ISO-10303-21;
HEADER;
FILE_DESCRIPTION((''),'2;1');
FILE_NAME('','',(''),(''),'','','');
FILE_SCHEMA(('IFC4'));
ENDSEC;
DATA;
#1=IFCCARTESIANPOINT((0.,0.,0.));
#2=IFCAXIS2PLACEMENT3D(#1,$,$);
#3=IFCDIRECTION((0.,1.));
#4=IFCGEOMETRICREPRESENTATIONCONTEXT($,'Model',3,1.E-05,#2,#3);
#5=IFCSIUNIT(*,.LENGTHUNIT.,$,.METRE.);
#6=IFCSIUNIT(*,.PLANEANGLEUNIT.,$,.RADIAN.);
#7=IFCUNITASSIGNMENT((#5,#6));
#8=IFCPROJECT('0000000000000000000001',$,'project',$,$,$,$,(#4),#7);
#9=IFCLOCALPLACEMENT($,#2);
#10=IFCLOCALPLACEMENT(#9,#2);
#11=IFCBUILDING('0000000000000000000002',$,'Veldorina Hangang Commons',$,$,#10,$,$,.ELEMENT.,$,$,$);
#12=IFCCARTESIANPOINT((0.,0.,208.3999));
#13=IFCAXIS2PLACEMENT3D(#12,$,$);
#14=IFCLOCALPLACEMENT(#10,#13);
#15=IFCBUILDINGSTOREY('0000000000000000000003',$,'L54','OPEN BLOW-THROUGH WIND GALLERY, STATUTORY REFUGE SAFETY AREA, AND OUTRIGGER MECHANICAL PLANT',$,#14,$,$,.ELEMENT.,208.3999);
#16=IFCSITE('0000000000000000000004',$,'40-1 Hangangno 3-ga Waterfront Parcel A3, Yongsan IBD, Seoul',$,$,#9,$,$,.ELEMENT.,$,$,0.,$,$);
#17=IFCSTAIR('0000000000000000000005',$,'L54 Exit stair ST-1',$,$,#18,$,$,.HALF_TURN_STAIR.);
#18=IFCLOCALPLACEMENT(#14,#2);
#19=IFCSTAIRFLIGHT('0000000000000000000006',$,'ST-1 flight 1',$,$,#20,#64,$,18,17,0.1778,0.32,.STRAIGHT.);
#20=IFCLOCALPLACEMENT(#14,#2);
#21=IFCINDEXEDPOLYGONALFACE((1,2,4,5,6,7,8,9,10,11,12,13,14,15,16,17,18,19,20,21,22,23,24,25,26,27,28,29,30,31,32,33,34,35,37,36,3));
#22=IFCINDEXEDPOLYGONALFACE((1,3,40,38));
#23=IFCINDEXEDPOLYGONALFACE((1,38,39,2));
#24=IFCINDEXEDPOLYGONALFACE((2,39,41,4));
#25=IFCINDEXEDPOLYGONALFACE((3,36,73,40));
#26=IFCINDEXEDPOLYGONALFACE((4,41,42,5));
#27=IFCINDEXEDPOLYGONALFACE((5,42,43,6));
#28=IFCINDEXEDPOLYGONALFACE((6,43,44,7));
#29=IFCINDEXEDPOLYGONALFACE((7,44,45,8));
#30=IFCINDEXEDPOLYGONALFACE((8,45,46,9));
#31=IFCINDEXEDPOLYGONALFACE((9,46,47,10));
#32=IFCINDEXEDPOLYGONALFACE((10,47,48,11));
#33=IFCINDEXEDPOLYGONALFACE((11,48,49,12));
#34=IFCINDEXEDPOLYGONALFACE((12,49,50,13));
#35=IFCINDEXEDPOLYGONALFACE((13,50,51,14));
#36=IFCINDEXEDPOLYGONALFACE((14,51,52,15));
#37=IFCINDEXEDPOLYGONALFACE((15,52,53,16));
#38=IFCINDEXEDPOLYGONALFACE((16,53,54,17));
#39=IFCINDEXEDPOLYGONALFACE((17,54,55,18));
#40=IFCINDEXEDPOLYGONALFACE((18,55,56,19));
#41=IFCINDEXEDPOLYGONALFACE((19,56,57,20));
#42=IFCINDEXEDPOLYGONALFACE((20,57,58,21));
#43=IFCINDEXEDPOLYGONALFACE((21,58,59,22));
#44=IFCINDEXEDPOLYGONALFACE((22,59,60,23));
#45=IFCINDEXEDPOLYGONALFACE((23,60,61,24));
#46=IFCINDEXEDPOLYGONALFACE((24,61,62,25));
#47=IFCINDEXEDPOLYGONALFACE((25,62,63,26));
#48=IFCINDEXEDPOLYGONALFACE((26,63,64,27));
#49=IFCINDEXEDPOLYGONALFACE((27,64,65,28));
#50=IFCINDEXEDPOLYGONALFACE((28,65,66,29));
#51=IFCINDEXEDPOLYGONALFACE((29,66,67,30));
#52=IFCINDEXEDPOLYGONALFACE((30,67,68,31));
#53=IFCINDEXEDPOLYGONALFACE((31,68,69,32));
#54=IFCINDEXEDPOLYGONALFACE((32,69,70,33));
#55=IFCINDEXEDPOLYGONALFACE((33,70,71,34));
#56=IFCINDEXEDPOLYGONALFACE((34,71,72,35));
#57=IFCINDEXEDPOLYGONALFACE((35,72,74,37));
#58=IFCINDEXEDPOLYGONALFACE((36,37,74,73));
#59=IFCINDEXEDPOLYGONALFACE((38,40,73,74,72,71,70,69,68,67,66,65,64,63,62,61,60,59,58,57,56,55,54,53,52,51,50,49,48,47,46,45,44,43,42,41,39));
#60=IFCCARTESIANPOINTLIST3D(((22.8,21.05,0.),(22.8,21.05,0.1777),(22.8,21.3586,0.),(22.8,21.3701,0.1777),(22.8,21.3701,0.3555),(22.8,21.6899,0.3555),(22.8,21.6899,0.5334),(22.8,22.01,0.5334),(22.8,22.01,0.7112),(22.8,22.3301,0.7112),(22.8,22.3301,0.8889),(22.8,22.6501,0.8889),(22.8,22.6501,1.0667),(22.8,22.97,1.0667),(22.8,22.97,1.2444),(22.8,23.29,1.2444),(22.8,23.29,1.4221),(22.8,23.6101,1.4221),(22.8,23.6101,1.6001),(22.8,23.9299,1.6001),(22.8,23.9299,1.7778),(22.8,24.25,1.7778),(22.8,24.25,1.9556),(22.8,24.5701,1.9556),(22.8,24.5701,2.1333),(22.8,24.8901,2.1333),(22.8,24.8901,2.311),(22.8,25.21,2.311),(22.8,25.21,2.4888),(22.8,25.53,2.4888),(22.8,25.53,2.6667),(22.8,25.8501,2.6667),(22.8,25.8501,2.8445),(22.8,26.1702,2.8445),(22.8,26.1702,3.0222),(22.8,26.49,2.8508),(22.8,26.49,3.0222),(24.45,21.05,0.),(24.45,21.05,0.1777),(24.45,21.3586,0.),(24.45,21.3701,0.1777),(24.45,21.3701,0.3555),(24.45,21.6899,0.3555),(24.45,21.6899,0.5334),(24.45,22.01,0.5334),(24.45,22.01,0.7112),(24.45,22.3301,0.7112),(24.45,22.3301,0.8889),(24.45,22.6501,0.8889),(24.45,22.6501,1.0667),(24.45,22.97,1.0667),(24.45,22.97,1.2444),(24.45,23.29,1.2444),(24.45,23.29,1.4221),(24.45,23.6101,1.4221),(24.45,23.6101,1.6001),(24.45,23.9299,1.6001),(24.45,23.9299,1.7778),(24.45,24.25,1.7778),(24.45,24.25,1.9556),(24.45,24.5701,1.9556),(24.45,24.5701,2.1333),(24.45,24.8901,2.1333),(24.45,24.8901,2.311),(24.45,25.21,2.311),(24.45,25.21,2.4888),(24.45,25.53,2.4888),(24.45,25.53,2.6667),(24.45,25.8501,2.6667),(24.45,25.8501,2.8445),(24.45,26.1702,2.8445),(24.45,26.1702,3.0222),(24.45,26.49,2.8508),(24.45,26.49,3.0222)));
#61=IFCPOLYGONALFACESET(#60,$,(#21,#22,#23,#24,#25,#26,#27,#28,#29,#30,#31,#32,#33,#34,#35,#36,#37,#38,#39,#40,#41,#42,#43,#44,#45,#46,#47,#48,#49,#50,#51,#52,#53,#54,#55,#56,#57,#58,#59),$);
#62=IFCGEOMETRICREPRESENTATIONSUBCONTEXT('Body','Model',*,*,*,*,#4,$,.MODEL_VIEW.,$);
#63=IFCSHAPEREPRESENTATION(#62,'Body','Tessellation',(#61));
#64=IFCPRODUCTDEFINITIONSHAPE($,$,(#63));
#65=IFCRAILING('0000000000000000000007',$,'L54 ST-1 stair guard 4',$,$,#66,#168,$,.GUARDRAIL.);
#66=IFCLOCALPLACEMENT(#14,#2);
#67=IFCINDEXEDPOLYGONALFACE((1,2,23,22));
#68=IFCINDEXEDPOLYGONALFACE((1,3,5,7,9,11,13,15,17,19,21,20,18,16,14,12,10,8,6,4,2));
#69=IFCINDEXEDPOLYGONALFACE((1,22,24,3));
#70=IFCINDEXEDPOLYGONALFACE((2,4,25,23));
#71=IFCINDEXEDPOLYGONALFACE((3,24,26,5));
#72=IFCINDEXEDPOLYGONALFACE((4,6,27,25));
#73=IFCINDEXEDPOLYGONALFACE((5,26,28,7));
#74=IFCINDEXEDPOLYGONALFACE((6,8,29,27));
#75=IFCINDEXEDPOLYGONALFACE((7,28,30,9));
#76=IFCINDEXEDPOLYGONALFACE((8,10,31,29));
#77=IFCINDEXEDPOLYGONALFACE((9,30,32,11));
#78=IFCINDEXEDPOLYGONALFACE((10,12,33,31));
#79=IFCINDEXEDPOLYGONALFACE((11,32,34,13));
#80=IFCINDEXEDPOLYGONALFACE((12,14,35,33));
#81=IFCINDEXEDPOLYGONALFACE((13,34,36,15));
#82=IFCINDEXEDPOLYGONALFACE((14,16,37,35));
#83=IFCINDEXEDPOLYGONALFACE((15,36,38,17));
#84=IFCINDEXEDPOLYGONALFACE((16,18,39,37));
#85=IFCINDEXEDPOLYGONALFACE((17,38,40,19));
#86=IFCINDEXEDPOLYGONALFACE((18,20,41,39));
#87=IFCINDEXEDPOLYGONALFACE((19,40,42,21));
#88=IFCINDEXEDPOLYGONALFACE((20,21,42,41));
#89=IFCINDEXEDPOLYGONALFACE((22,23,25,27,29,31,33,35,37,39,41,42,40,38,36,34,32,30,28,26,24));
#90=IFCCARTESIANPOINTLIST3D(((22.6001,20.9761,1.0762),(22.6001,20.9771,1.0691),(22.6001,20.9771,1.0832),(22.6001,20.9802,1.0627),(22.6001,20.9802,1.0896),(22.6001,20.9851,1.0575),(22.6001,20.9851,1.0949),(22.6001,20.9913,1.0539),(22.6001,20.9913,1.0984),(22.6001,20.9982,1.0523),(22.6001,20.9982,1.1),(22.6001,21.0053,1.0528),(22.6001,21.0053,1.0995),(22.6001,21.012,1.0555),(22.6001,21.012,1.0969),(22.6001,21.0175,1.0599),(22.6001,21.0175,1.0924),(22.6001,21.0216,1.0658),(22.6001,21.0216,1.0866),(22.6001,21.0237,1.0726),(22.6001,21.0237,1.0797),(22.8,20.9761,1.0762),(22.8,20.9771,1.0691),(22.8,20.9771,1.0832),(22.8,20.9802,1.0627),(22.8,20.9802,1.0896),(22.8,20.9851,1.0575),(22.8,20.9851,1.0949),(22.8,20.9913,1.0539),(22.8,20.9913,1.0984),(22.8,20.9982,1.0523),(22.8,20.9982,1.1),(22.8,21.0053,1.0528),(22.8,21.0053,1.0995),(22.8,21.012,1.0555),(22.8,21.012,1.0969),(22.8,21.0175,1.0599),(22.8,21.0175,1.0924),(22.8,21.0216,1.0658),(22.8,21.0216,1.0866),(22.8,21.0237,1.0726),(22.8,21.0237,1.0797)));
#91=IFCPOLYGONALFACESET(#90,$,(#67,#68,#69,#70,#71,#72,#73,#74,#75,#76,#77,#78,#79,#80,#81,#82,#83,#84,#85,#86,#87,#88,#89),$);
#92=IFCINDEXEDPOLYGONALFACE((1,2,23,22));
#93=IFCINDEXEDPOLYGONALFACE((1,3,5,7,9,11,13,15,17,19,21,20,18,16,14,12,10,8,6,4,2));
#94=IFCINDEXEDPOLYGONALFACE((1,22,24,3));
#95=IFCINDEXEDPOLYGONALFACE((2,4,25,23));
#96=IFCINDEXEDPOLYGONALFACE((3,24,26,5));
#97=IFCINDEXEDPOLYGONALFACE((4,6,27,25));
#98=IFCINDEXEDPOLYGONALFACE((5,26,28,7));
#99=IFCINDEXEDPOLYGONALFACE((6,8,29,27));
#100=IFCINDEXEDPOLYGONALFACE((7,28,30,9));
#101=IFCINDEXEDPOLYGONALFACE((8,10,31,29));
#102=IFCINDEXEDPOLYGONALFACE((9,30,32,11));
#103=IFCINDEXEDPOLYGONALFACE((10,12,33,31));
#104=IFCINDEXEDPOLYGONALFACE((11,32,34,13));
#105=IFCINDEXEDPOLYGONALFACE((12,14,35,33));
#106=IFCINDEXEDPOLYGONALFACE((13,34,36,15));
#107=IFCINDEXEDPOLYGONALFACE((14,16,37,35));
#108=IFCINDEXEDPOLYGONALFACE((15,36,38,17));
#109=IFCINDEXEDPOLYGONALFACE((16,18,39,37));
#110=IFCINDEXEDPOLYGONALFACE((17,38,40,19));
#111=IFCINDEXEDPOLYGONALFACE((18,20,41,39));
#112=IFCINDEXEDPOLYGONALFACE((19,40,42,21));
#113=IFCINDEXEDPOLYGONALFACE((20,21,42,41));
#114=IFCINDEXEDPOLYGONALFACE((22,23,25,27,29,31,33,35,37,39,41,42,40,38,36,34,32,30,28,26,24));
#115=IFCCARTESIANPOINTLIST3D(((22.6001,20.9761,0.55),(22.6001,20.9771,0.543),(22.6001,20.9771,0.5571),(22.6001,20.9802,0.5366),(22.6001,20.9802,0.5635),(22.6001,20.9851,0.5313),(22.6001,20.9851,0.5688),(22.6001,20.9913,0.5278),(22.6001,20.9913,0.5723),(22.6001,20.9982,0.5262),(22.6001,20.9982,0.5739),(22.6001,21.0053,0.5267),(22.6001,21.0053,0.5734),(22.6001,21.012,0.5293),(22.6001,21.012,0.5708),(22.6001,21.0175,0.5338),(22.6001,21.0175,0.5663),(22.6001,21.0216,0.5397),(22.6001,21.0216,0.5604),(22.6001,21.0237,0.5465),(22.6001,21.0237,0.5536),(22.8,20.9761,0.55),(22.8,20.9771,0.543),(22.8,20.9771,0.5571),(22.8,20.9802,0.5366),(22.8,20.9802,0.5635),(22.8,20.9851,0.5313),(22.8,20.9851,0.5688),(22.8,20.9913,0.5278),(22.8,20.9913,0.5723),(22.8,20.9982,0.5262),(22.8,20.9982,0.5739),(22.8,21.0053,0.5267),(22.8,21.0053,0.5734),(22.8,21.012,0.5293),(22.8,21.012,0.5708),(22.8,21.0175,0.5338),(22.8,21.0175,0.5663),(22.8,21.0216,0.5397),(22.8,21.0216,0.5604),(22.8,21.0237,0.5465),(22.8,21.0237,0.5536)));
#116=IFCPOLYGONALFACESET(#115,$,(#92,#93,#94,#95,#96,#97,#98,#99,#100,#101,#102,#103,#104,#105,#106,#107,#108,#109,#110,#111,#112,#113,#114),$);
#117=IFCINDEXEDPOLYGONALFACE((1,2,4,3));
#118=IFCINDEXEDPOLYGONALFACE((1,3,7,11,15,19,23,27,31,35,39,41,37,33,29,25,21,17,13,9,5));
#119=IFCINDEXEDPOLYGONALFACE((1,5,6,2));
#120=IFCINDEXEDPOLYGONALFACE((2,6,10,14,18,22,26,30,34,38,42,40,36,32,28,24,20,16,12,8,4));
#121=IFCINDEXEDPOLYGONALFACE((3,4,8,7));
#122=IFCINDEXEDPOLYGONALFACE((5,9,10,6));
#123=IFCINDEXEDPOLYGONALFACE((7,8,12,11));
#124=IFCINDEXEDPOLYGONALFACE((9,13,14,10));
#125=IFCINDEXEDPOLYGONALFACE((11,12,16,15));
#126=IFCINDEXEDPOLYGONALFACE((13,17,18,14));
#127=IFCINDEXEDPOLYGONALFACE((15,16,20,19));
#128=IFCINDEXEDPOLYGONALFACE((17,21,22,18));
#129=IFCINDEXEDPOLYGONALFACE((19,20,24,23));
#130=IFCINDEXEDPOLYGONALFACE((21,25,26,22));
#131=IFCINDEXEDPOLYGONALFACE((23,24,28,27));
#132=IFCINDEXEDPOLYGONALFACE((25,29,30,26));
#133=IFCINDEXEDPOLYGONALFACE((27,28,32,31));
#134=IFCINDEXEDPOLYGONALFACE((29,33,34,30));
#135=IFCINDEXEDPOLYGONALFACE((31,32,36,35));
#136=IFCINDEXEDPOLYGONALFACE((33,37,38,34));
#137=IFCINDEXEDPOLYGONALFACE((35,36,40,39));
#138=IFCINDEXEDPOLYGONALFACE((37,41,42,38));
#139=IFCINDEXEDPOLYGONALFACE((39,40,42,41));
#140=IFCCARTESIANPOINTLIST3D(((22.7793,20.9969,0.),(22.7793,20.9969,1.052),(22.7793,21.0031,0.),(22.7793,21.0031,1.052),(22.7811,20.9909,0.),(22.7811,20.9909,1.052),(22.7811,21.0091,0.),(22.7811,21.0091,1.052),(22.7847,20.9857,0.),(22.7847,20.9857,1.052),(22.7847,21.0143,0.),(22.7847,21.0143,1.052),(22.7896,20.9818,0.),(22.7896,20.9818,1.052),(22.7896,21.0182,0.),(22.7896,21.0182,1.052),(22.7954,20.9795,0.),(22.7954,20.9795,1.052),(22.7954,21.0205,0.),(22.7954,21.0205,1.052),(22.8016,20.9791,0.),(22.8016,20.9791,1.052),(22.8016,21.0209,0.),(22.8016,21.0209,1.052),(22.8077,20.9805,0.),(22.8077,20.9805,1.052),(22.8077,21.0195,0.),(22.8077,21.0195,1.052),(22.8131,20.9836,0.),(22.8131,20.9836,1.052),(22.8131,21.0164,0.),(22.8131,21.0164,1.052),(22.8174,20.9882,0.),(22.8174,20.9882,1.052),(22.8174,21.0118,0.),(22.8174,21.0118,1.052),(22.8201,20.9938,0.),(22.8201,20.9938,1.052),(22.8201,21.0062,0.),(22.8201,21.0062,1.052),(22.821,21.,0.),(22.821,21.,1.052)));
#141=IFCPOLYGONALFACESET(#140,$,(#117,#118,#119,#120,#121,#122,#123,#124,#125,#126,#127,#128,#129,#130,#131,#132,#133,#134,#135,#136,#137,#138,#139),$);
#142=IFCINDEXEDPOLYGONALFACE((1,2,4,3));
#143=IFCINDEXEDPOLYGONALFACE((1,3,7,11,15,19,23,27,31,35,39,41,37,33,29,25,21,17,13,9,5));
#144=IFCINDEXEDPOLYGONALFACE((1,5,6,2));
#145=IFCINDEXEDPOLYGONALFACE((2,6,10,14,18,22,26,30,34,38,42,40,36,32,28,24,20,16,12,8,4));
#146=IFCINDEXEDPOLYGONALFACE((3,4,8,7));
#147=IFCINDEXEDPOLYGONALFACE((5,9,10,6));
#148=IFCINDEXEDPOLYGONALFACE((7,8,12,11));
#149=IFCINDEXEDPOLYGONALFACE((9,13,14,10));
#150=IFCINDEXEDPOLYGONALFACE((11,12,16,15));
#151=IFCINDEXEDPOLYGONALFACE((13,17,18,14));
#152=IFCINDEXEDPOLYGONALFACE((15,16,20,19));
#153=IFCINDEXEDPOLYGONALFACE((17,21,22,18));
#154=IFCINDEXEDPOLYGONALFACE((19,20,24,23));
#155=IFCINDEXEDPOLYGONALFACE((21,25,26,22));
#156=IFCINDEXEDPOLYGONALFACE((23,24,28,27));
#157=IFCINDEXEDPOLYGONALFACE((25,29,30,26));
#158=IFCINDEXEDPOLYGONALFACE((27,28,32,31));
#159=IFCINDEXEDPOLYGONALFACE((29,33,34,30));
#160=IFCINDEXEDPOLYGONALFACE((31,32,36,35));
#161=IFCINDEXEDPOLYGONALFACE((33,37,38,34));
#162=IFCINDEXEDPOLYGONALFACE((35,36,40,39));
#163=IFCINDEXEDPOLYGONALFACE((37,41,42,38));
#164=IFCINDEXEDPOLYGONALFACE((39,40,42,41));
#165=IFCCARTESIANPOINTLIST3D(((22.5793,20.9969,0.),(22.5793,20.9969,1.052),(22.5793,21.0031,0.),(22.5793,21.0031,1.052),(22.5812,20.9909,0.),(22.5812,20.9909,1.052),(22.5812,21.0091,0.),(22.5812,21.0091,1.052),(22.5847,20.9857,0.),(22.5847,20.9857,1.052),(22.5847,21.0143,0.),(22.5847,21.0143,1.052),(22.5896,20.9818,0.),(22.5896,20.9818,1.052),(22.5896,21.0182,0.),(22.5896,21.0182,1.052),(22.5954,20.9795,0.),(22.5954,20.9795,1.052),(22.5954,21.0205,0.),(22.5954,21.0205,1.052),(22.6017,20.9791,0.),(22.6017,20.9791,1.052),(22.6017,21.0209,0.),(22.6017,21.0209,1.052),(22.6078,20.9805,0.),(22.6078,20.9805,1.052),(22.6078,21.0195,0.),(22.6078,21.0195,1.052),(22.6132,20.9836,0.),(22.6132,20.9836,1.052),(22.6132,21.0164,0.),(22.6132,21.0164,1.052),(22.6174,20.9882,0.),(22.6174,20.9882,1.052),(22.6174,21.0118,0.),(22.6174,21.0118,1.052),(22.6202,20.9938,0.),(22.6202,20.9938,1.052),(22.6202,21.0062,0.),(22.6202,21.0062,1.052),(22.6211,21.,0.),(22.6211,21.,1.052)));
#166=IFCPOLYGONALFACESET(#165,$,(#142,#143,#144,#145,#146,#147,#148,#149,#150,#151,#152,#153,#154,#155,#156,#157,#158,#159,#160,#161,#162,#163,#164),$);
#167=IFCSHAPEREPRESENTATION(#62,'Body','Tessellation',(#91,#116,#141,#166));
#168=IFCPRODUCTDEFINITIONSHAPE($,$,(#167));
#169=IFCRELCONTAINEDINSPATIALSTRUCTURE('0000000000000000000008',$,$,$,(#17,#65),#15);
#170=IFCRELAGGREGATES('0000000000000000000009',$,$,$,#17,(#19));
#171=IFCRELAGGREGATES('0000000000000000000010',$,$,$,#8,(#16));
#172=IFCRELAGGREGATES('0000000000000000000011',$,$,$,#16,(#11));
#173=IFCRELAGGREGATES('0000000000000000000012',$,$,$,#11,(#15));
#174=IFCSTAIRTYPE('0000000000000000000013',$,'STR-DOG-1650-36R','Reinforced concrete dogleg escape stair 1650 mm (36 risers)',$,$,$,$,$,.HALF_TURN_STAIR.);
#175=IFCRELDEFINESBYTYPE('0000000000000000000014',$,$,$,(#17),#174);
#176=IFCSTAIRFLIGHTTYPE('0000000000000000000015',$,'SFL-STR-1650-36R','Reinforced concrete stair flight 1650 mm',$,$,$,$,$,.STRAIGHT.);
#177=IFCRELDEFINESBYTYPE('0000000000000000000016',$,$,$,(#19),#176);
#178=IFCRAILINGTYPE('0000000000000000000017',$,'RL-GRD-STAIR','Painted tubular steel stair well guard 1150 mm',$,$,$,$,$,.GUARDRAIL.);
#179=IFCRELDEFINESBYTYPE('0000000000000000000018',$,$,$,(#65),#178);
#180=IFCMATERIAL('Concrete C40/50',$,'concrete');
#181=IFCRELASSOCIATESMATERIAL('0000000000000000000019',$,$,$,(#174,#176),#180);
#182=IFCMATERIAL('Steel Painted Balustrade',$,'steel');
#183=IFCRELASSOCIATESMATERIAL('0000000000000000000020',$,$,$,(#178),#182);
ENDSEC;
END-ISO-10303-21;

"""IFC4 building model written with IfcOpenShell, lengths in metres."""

from ifc_helpers import new_model, si_unit, direction, frame, origin, origin_2d, place, context, subcontext, project, spatial, polyline, circle, outline, extrude, material, type_object, element, aggregate, save


model = new_model("IFC4")

# Units and contexts
model_context = context("Model", 3, precision=1e-05, world=origin(), true_north=direction((0.0, 1.0)))
body_context = subcontext(model_context, "Body", "Model", "MODEL_VIEW")
ifc_project = project(units=[si_unit("LENGTHUNIT", "METRE"), si_unit("PLANEANGLEUNIT", "RADIAN")], contexts=[model_context])

# Site, building, storey
site_placement = place(None, origin())
site = spatial("IfcSite", under=ifc_project, at=site_placement, Name="40-1 Hangangno 3-ga Waterfront Parcel A3, Yongsan IBD, Seoul", CompositionType="ELEMENT", RefElevation=0.0)
building_placement = place(site_placement, origin())
building = spatial("IfcBuilding", under=site, at=building_placement, Name="Veldorina Hangang Commons", CompositionType="ELEMENT")
storey_placement = place(building_placement, frame((0.0, 0.0, 208.3999)))
storey = spatial("IfcBuildingStorey", under=building, at=storey_placement, Name="L54", Description="OPEN BLOW-THROUGH WIND GALLERY, STATUTORY REFUGE SAFETY AREA, AND OUTRIGGER MECHANICAL PLANT", CompositionType="ELEMENT", Elevation=208.3999)

# Stair, stair flight
ifc_material_1 = material(Name="Concrete C40/50", Category="concrete")
stair_type = type_object("IfcStairType", Name="STR-DOG-1650-36R", Description="Reinforced concrete dogleg escape stair 1650 mm (36 risers)", PredefinedType="HALF_TURN_STAIR", material=ifc_material_1)
stair_placement = place(storey_placement, origin())
stair = element("IfcStair", 1, at=stair_placement, inside=storey, type_object=stair_type, Name="L54 Exit stair ST-1", PredefinedType="HALF_TURN_STAIR")
stair_flight_type = type_object("IfcStairFlightType", Name="SFL-STR-1650-36R", Description="Reinforced concrete stair flight 1650 mm", PredefinedType="STRAIGHT", material=ifc_material_1)
stair_flight_placement = place(storey_placement, frame((23.625, 21.05, 0.0), z_axis=(0.0, 0.0, 1.0), x_axis=(0.0, 1.0, 0.0)))
stair_flight = element("IfcStairFlight", 2, at=stair_flight_placement, type_object=stair_flight_type, Name="ST-1 flight 1", NumberOfRisers=18, NumberOfTreads=17, PredefinedType="STRAIGHT", RiserHeight=0.1778, TreadLength=0.32, context=body_context, shape_type="SweptSolid", body=[
    extrude(outline(polyline([(0.0, 0.0), (0.0, 0.1777), (0.3201, 0.1777), (0.3201, 0.3555), (0.6399, 0.3555), (0.6399, 0.5334), (0.96, 0.5334), (0.96, 0.7112), (1.28, 0.7112), (1.28, 0.8889), (1.6001, 0.8889), (1.6001, 1.0667), (1.9199, 1.0667), (1.9199, 1.2444), (2.24, 1.2444), (2.24, 1.4221), (2.5601, 1.4221), (2.5601, 1.6001), (2.8799, 1.6001), (2.8799, 1.7778), (3.2, 1.7778), (3.2, 1.9556), (3.52, 1.9556), (3.52, 2.1333), (3.8401, 2.1333), (3.8401, 2.311), (4.1599, 2.311), (4.1599, 2.4888), (4.48, 2.4888), (4.48, 2.6667), (4.8, 2.6667), (4.8, 2.8445), (5.1201, 2.8445), (5.1201, 3.0222), (5.4399, 3.0222), (5.4399, 3.2), (5.4399, 2.8508), (0.3086, 0.0), (0.0, 0.0)])), frame((0.0, 0.825, 0.0), z_axis=(0.0, -1.0, 0.0), x_axis=(1.0, 0.0, 0.0)), (0.0, 0.0, 1.0), 1.6499),
])
aggregate(stair, [stair_flight])

# Railing
ifc_material_2 = material(Name="Steel Painted Balustrade", Category="steel")
railing_type_1 = type_object("IfcRailingType", Name="RL-GRD-STAIR", Description="Painted tubular steel stair well guard 1150 mm", PredefinedType="GUARDRAIL", material=ifc_material_2)
railing_1_placement = place(storey_placement, frame((22.8, 21.0, 0.0)))
element("IfcRailing", 3, at=railing_1_placement, inside=storey, type_object=railing_type_1, Name="L54 ST-1 stair guard 4", PredefinedType="GUARDRAIL", context=body_context, shape_type="SweptSolid", body=[
    extrude(circle(Radius=0.0239, at=origin_2d()), frame((0.0, 0.0, 1.0762), z_axis=(-1.0, 0.0, 0.0), x_axis=(0.0, -1.0, 0.0)), (0.0, 0.0, 1.0), 0.2),
    extrude(circle(Radius=0.0239, at=origin_2d()), frame((0.0, 0.0, 0.55), z_axis=(-1.0, 0.0, 0.0), x_axis=(0.0, -1.0, 0.0)), (0.0, 0.0, 1.0), 0.2),
    extrude(circle(Radius=0.021, at=origin_2d()), origin(), (0.0, 0.0, 1.0), 1.052),
    extrude(circle(Radius=0.021, at=origin_2d()), frame((-0.2, 0.0, 0.0)), (0.0, 0.0, 1.0), 1.052),
])

save(model, "model.ifc")
